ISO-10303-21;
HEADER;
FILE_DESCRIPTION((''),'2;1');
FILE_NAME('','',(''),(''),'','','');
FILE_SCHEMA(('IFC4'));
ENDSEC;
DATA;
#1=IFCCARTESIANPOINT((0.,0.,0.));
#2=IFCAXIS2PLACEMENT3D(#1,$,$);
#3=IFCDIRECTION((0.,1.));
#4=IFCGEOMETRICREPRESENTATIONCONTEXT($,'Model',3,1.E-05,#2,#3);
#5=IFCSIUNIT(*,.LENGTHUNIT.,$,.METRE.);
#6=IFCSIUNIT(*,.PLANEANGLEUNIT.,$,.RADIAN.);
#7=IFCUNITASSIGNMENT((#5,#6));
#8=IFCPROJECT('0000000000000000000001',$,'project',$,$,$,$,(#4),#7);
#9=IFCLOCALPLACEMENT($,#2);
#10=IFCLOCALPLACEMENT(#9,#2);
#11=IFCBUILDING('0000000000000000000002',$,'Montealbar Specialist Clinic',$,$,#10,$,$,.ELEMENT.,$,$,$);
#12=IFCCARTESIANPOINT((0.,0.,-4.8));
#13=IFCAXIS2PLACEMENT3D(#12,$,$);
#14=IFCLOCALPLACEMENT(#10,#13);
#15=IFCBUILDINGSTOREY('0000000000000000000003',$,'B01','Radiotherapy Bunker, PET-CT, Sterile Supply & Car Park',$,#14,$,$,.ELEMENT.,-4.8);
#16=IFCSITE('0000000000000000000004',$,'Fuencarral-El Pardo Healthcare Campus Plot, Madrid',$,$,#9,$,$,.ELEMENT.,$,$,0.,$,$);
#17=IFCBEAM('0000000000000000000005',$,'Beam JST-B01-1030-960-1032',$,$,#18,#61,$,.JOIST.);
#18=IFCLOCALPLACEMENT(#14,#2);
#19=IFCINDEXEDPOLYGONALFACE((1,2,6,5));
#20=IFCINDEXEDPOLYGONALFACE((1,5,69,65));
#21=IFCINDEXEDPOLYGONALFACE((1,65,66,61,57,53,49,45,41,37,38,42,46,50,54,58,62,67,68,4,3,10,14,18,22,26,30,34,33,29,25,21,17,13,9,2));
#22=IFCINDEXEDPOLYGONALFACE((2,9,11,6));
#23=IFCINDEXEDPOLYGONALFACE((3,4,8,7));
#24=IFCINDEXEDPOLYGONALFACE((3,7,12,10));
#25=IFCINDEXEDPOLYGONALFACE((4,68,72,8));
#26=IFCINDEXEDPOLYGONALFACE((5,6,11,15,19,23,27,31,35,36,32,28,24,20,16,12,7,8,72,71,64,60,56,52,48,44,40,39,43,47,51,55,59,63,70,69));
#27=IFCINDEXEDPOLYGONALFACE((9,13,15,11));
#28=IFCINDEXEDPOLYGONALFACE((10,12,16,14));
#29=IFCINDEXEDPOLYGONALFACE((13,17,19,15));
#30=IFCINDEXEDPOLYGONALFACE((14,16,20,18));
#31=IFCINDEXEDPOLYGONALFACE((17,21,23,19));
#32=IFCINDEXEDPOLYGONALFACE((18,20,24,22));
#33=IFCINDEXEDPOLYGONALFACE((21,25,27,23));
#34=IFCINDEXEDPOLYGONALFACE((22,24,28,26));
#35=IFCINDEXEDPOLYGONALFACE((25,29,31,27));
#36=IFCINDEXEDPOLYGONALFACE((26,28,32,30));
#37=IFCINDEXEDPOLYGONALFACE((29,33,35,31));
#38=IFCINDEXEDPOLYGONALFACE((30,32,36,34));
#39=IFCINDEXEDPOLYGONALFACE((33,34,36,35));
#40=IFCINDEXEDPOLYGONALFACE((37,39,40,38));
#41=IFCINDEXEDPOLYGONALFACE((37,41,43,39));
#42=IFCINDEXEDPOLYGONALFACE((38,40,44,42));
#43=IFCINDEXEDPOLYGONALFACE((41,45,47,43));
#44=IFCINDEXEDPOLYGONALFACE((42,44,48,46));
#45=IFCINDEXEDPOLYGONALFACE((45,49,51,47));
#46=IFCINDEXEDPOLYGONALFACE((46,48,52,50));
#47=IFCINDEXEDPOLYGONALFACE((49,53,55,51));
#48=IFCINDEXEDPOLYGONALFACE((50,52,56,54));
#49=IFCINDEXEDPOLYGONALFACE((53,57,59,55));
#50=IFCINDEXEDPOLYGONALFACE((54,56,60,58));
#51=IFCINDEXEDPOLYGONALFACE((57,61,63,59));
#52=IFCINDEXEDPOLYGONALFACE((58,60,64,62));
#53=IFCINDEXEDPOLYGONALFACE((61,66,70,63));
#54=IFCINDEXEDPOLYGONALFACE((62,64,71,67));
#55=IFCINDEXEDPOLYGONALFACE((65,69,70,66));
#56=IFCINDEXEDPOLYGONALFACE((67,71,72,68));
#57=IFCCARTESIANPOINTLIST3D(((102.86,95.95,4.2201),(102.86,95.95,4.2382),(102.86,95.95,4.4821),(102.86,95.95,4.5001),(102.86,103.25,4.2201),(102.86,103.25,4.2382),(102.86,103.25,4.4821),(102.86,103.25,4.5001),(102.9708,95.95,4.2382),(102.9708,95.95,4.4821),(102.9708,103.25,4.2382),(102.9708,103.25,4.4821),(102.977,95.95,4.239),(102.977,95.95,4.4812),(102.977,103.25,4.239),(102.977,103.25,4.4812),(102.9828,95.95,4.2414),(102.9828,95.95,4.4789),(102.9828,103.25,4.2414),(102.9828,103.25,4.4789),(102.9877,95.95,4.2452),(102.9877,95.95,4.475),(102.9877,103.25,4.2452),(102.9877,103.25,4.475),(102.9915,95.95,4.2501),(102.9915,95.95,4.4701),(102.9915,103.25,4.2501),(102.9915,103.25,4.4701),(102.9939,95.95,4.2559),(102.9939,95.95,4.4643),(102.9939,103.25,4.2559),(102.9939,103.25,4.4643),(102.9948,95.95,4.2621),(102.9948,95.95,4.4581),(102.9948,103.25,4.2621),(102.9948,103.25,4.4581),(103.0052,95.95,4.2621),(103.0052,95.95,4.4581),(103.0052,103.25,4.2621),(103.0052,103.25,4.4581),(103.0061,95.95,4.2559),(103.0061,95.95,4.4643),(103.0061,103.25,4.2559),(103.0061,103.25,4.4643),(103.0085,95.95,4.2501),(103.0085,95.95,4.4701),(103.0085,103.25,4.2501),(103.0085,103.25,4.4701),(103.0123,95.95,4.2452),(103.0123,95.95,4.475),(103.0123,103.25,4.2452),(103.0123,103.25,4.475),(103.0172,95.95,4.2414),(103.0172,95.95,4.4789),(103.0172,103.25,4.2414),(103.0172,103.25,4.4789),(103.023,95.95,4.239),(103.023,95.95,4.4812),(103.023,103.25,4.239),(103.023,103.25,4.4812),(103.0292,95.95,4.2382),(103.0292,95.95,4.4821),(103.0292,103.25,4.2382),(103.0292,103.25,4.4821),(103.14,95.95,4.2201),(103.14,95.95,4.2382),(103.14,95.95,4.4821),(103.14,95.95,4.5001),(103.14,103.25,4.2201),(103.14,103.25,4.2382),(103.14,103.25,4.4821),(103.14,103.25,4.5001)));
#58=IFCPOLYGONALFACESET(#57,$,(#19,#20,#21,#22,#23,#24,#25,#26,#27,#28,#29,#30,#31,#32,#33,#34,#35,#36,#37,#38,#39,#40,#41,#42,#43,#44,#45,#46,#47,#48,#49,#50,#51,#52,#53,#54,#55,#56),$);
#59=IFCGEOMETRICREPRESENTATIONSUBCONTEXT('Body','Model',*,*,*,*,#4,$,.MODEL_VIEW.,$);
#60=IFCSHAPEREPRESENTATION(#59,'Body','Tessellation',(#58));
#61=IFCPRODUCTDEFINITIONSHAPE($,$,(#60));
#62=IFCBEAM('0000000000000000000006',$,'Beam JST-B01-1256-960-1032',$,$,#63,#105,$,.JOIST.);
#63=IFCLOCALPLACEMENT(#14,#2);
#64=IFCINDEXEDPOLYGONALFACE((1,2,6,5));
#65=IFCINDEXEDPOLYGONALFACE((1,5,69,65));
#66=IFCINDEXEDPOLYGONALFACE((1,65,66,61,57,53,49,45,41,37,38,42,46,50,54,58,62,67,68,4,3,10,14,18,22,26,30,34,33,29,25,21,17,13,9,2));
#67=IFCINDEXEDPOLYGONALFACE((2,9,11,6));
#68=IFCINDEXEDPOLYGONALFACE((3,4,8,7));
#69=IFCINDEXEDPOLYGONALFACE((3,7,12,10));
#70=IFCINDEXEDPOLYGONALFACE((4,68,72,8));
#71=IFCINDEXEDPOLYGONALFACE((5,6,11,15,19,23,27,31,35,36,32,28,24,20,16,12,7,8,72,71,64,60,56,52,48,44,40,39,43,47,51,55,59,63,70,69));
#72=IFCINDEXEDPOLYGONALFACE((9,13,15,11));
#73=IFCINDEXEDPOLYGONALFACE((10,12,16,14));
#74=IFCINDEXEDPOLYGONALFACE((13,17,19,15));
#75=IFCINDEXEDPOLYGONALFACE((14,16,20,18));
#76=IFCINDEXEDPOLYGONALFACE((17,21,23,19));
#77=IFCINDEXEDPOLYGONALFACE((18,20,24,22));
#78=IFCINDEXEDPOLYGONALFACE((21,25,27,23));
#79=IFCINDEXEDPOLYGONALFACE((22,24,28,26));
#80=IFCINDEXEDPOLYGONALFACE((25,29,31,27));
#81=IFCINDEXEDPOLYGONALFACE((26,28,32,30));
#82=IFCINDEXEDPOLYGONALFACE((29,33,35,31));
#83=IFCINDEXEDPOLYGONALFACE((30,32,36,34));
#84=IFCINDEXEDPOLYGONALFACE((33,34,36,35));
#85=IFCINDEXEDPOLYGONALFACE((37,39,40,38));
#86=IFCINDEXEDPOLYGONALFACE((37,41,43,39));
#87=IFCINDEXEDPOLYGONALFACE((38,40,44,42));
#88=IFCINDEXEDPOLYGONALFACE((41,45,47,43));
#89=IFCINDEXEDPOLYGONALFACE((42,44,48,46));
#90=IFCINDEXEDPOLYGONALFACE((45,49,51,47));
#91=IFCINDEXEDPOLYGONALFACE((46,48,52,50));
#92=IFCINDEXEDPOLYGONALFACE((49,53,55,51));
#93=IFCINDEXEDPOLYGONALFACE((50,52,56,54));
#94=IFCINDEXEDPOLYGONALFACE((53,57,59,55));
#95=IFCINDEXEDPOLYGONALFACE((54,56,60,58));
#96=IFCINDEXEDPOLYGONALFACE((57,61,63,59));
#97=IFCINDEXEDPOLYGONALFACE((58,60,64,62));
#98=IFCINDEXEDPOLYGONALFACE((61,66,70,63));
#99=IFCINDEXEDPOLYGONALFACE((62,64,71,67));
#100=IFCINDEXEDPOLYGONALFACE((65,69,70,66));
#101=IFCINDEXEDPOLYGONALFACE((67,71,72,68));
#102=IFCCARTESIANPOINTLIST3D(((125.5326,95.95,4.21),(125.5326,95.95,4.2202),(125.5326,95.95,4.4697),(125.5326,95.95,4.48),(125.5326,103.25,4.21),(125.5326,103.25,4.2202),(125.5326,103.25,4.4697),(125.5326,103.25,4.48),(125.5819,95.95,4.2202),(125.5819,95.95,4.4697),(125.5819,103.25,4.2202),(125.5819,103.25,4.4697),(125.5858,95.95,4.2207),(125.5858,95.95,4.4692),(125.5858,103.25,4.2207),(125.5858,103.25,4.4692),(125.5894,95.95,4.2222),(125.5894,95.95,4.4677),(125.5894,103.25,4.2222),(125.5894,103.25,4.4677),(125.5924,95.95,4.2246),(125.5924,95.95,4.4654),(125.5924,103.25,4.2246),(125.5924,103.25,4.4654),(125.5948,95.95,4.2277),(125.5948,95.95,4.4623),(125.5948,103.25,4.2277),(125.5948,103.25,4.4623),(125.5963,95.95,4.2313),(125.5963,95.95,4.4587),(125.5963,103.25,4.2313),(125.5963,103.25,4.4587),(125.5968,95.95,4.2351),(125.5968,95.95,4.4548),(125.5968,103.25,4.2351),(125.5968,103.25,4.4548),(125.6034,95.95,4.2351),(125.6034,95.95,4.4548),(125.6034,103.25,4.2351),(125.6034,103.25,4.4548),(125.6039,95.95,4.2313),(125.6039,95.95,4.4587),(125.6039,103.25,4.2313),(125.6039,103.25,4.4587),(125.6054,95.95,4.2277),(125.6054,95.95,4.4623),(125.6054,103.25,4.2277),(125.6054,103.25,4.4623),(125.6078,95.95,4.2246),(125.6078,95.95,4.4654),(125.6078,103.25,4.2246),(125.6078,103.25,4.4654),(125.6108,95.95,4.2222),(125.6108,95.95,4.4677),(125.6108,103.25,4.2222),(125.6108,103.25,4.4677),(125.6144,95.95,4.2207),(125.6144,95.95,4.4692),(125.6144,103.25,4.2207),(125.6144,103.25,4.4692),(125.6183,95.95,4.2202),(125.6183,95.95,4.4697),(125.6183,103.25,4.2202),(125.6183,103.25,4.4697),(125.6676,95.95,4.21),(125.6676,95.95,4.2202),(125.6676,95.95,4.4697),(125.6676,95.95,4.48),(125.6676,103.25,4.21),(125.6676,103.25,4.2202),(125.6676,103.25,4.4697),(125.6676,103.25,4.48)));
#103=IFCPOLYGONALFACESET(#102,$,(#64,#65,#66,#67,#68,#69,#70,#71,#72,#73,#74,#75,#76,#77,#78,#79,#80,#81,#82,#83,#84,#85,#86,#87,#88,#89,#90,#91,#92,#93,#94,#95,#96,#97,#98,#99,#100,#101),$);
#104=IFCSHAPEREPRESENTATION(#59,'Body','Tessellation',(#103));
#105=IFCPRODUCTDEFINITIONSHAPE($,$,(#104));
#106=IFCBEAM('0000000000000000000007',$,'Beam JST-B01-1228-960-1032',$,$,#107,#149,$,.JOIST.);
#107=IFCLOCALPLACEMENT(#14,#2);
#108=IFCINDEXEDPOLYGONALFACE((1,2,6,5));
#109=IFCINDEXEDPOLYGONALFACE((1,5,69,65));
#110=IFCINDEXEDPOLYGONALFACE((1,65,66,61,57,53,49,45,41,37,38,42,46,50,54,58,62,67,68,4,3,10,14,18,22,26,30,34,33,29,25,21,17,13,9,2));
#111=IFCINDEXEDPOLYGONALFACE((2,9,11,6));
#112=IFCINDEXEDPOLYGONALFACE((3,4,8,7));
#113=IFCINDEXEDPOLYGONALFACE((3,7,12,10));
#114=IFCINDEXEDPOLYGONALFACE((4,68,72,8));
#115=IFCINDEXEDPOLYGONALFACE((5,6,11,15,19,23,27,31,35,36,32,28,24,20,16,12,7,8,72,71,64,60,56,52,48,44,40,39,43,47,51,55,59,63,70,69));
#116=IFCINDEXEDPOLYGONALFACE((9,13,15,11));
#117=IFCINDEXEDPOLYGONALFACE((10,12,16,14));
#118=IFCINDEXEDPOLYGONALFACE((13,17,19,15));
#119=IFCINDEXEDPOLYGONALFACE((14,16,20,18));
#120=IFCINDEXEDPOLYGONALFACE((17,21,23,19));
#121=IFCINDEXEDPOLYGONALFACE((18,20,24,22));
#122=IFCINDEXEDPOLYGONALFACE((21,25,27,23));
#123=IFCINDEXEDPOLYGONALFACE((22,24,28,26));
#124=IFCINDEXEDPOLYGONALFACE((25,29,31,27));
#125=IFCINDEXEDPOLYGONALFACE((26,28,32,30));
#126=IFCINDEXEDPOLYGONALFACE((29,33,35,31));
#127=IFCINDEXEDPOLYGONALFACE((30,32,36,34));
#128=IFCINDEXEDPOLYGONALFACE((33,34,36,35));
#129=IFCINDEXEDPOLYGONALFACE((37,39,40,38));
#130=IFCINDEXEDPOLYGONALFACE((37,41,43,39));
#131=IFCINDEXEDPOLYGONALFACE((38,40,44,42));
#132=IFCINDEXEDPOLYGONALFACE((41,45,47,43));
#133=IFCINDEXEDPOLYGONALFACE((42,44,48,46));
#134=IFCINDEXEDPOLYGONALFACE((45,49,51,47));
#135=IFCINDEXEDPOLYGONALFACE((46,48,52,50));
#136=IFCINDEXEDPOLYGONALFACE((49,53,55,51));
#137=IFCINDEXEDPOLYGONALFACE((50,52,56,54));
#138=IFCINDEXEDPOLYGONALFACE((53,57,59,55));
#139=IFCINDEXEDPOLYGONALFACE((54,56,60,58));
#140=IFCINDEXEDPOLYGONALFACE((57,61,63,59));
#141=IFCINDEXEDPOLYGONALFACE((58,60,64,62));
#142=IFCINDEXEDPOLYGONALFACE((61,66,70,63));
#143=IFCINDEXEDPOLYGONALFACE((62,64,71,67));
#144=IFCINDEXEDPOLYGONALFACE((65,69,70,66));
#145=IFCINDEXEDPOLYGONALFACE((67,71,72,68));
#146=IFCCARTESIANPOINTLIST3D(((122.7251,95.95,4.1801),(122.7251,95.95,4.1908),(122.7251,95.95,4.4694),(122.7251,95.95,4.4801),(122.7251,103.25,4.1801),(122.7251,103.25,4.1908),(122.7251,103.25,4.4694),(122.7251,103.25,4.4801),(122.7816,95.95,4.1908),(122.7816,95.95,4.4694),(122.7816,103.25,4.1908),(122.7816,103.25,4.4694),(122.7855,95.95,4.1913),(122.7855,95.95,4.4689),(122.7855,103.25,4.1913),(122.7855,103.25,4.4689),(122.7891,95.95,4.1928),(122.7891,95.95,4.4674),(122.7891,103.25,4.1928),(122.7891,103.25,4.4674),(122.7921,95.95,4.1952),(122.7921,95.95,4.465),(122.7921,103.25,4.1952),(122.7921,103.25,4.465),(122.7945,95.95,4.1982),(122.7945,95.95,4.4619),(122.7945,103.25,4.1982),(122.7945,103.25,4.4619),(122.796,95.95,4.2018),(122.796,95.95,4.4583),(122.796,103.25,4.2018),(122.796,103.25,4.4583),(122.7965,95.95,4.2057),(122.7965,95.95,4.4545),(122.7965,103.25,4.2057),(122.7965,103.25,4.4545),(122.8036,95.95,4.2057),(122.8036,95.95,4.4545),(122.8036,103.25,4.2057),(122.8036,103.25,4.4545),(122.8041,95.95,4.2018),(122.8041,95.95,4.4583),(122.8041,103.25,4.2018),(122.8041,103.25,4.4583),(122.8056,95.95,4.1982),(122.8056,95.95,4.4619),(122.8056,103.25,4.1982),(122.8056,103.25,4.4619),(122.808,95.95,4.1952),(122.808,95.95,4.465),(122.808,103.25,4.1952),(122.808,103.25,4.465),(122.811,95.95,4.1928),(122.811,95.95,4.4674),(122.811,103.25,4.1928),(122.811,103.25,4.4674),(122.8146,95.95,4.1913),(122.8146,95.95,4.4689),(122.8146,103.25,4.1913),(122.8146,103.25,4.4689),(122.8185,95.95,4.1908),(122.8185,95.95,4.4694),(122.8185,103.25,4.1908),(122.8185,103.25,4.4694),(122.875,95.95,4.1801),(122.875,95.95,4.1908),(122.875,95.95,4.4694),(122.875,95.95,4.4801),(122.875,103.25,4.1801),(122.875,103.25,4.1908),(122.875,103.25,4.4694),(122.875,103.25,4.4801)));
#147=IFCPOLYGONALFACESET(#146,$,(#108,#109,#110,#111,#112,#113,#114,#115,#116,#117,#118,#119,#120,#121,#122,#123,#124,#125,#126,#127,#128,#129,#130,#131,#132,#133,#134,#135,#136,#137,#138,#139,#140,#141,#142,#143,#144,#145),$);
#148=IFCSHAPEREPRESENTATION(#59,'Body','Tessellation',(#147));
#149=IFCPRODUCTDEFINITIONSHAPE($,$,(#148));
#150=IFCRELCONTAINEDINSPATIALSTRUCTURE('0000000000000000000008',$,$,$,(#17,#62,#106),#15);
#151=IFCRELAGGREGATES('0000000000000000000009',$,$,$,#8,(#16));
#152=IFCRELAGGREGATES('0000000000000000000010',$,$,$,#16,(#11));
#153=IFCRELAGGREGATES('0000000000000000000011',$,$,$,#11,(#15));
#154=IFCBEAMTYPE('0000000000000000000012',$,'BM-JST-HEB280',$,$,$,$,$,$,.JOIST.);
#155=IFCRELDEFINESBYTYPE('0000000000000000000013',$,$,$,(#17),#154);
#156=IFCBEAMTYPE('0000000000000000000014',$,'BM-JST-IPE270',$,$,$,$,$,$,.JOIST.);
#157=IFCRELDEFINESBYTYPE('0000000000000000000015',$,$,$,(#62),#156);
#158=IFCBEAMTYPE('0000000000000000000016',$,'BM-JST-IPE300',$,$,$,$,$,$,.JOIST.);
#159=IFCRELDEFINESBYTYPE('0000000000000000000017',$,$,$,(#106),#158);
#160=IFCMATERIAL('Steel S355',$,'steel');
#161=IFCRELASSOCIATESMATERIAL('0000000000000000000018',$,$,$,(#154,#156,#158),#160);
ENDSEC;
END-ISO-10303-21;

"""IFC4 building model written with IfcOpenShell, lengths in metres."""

from ifc_helpers import new_model, si_unit, direction, frame, origin, origin_2d, place, context, subcontext, project, spatial, i_section, extrude, material, material_profile, profile_set, type_object, element, save


model = new_model("IFC4")

# Units and contexts
model_context = context("Model", 3, precision=1e-05, world=origin(), true_north=direction((0.0, 1.0)))
body_context = subcontext(model_context, "Body", "Model", "MODEL_VIEW")
ifc_project = project(units=[si_unit("LENGTHUNIT", "METRE"), si_unit("PLANEANGLEUNIT", "RADIAN")], contexts=[model_context])

# Site, building, storey
site_placement = place(None, origin())
site = spatial("IfcSite", under=ifc_project, at=site_placement, Name="Fuencarral-El Pardo Healthcare Campus Plot, Madrid", CompositionType="ELEMENT", RefElevation=0.0)
building_placement = place(site_placement, origin())
building = spatial("IfcBuilding", under=site, at=building_placement, Name="Montealbar Specialist Clinic", CompositionType="ELEMENT")
storey_placement = place(building_placement, frame((0.0, 0.0, -4.8)))
storey = spatial("IfcBuildingStorey", under=building, at=storey_placement, Name="B01", Description="Radiotherapy Bunker, PET-CT, Sterile Supply & Car Park", CompositionType="ELEMENT", Elevation=-4.8)

# Shared definitions
ifc_material_1 = material(Name="Steel S355", Category="steel")

# Beams
ifc_material_profile_1 = material_profile(ifc_material_1, i_section(OverallWidth=0.28, OverallDepth=0.28, WebThickness=0.0105, FlangeThickness=0.0181, FilletRadius=0.0239, at=origin_2d()), Name="HEB 280", Category="steel")
ifc_profile_set_1 = profile_set([ifc_material_profile_1], Name="Steel S355")
beam_type_1 = type_object("IfcBeamType", Name="BM-JST-HEB280", PredefinedType="JOIST", material=ifc_profile_set_1)
beam_1_placement = place(storey_placement, frame((103.0, 95.95, 4.3601), z_axis=(0.0, 1.0, 0.0), x_axis=(-1.0, 0.0, 0.0)))
element("IfcBeam", 1, at=beam_1_placement, inside=storey, type_object=beam_type_1, Name="Beam JST-B01-1030-960-1032", PredefinedType="JOIST", context=body_context, shape_type="SweptSolid", body=[
    extrude(i_section(OverallWidth=0.28, OverallDepth=0.28, WebThickness=0.0105, FlangeThickness=0.0181, FilletRadius=0.0239, at=origin_2d()), origin(), (0.0, 0.0, 1.0), 7.3),
])
ifc_material_profile_2 = material_profile(ifc_material_1, i_section(OverallWidth=0.135, OverallDepth=0.27, WebThickness=0.0066, FlangeThickness=0.0103, FilletRadius=0.0149, at=origin_2d()), Name="IPE 270", Category="steel")
ifc_profile_set_2 = profile_set([ifc_material_profile_2], Name="Steel S355")
beam_type_2 = type_object("IfcBeamType", Name="BM-JST-IPE270", PredefinedType="JOIST", material=ifc_profile_set_2)
beam_2_placement = place(storey_placement, frame((125.6001, 95.95, 4.345), z_axis=(0.0, 1.0, 0.0), x_axis=(-1.0, 0.0, 0.0)))
element("IfcBeam", 2, at=beam_2_placement, inside=storey, type_object=beam_type_2, Name="Beam JST-B01-1256-960-1032", PredefinedType="JOIST", context=body_context, shape_type="SweptSolid", body=[
    extrude(i_section(OverallWidth=0.135, OverallDepth=0.27, WebThickness=0.0066, FlangeThickness=0.0103, FilletRadius=0.0149, at=origin_2d()), origin(), (0.0, 0.0, 1.0), 7.3),
])
ifc_material_profile_3 = material_profile(ifc_material_1, i_section(OverallWidth=0.1499, OverallDepth=0.3, WebThickness=0.0071, FlangeThickness=0.0107, FilletRadius=0.0149, at=origin_2d()), Name="IPE 300", Category="steel")
ifc_profile_set_3 = profile_set([ifc_material_profile_3], Name="Steel S355")
beam_type_3 = type_object("IfcBeamType", Name="BM-JST-IPE300", PredefinedType="JOIST", material=ifc_profile_set_3)
beam_3_placement = place(storey_placement, frame((122.8, 95.95, 4.3301), z_axis=(0.0, 1.0, 0.0), x_axis=(-1.0, 0.0, 0.0)))
element("IfcBeam", 3, at=beam_3_placement, inside=storey, type_object=beam_type_3, Name="Beam JST-B01-1228-960-1032", PredefinedType="JOIST", context=body_context, shape_type="SweptSolid", body=[
    extrude(i_section(OverallWidth=0.1499, OverallDepth=0.3, WebThickness=0.0071, FlangeThickness=0.0107, FilletRadius=0.0149, at=origin_2d()), origin(), (0.0, 0.0, 1.0), 7.3),
])

save(model, "model.ifc")
